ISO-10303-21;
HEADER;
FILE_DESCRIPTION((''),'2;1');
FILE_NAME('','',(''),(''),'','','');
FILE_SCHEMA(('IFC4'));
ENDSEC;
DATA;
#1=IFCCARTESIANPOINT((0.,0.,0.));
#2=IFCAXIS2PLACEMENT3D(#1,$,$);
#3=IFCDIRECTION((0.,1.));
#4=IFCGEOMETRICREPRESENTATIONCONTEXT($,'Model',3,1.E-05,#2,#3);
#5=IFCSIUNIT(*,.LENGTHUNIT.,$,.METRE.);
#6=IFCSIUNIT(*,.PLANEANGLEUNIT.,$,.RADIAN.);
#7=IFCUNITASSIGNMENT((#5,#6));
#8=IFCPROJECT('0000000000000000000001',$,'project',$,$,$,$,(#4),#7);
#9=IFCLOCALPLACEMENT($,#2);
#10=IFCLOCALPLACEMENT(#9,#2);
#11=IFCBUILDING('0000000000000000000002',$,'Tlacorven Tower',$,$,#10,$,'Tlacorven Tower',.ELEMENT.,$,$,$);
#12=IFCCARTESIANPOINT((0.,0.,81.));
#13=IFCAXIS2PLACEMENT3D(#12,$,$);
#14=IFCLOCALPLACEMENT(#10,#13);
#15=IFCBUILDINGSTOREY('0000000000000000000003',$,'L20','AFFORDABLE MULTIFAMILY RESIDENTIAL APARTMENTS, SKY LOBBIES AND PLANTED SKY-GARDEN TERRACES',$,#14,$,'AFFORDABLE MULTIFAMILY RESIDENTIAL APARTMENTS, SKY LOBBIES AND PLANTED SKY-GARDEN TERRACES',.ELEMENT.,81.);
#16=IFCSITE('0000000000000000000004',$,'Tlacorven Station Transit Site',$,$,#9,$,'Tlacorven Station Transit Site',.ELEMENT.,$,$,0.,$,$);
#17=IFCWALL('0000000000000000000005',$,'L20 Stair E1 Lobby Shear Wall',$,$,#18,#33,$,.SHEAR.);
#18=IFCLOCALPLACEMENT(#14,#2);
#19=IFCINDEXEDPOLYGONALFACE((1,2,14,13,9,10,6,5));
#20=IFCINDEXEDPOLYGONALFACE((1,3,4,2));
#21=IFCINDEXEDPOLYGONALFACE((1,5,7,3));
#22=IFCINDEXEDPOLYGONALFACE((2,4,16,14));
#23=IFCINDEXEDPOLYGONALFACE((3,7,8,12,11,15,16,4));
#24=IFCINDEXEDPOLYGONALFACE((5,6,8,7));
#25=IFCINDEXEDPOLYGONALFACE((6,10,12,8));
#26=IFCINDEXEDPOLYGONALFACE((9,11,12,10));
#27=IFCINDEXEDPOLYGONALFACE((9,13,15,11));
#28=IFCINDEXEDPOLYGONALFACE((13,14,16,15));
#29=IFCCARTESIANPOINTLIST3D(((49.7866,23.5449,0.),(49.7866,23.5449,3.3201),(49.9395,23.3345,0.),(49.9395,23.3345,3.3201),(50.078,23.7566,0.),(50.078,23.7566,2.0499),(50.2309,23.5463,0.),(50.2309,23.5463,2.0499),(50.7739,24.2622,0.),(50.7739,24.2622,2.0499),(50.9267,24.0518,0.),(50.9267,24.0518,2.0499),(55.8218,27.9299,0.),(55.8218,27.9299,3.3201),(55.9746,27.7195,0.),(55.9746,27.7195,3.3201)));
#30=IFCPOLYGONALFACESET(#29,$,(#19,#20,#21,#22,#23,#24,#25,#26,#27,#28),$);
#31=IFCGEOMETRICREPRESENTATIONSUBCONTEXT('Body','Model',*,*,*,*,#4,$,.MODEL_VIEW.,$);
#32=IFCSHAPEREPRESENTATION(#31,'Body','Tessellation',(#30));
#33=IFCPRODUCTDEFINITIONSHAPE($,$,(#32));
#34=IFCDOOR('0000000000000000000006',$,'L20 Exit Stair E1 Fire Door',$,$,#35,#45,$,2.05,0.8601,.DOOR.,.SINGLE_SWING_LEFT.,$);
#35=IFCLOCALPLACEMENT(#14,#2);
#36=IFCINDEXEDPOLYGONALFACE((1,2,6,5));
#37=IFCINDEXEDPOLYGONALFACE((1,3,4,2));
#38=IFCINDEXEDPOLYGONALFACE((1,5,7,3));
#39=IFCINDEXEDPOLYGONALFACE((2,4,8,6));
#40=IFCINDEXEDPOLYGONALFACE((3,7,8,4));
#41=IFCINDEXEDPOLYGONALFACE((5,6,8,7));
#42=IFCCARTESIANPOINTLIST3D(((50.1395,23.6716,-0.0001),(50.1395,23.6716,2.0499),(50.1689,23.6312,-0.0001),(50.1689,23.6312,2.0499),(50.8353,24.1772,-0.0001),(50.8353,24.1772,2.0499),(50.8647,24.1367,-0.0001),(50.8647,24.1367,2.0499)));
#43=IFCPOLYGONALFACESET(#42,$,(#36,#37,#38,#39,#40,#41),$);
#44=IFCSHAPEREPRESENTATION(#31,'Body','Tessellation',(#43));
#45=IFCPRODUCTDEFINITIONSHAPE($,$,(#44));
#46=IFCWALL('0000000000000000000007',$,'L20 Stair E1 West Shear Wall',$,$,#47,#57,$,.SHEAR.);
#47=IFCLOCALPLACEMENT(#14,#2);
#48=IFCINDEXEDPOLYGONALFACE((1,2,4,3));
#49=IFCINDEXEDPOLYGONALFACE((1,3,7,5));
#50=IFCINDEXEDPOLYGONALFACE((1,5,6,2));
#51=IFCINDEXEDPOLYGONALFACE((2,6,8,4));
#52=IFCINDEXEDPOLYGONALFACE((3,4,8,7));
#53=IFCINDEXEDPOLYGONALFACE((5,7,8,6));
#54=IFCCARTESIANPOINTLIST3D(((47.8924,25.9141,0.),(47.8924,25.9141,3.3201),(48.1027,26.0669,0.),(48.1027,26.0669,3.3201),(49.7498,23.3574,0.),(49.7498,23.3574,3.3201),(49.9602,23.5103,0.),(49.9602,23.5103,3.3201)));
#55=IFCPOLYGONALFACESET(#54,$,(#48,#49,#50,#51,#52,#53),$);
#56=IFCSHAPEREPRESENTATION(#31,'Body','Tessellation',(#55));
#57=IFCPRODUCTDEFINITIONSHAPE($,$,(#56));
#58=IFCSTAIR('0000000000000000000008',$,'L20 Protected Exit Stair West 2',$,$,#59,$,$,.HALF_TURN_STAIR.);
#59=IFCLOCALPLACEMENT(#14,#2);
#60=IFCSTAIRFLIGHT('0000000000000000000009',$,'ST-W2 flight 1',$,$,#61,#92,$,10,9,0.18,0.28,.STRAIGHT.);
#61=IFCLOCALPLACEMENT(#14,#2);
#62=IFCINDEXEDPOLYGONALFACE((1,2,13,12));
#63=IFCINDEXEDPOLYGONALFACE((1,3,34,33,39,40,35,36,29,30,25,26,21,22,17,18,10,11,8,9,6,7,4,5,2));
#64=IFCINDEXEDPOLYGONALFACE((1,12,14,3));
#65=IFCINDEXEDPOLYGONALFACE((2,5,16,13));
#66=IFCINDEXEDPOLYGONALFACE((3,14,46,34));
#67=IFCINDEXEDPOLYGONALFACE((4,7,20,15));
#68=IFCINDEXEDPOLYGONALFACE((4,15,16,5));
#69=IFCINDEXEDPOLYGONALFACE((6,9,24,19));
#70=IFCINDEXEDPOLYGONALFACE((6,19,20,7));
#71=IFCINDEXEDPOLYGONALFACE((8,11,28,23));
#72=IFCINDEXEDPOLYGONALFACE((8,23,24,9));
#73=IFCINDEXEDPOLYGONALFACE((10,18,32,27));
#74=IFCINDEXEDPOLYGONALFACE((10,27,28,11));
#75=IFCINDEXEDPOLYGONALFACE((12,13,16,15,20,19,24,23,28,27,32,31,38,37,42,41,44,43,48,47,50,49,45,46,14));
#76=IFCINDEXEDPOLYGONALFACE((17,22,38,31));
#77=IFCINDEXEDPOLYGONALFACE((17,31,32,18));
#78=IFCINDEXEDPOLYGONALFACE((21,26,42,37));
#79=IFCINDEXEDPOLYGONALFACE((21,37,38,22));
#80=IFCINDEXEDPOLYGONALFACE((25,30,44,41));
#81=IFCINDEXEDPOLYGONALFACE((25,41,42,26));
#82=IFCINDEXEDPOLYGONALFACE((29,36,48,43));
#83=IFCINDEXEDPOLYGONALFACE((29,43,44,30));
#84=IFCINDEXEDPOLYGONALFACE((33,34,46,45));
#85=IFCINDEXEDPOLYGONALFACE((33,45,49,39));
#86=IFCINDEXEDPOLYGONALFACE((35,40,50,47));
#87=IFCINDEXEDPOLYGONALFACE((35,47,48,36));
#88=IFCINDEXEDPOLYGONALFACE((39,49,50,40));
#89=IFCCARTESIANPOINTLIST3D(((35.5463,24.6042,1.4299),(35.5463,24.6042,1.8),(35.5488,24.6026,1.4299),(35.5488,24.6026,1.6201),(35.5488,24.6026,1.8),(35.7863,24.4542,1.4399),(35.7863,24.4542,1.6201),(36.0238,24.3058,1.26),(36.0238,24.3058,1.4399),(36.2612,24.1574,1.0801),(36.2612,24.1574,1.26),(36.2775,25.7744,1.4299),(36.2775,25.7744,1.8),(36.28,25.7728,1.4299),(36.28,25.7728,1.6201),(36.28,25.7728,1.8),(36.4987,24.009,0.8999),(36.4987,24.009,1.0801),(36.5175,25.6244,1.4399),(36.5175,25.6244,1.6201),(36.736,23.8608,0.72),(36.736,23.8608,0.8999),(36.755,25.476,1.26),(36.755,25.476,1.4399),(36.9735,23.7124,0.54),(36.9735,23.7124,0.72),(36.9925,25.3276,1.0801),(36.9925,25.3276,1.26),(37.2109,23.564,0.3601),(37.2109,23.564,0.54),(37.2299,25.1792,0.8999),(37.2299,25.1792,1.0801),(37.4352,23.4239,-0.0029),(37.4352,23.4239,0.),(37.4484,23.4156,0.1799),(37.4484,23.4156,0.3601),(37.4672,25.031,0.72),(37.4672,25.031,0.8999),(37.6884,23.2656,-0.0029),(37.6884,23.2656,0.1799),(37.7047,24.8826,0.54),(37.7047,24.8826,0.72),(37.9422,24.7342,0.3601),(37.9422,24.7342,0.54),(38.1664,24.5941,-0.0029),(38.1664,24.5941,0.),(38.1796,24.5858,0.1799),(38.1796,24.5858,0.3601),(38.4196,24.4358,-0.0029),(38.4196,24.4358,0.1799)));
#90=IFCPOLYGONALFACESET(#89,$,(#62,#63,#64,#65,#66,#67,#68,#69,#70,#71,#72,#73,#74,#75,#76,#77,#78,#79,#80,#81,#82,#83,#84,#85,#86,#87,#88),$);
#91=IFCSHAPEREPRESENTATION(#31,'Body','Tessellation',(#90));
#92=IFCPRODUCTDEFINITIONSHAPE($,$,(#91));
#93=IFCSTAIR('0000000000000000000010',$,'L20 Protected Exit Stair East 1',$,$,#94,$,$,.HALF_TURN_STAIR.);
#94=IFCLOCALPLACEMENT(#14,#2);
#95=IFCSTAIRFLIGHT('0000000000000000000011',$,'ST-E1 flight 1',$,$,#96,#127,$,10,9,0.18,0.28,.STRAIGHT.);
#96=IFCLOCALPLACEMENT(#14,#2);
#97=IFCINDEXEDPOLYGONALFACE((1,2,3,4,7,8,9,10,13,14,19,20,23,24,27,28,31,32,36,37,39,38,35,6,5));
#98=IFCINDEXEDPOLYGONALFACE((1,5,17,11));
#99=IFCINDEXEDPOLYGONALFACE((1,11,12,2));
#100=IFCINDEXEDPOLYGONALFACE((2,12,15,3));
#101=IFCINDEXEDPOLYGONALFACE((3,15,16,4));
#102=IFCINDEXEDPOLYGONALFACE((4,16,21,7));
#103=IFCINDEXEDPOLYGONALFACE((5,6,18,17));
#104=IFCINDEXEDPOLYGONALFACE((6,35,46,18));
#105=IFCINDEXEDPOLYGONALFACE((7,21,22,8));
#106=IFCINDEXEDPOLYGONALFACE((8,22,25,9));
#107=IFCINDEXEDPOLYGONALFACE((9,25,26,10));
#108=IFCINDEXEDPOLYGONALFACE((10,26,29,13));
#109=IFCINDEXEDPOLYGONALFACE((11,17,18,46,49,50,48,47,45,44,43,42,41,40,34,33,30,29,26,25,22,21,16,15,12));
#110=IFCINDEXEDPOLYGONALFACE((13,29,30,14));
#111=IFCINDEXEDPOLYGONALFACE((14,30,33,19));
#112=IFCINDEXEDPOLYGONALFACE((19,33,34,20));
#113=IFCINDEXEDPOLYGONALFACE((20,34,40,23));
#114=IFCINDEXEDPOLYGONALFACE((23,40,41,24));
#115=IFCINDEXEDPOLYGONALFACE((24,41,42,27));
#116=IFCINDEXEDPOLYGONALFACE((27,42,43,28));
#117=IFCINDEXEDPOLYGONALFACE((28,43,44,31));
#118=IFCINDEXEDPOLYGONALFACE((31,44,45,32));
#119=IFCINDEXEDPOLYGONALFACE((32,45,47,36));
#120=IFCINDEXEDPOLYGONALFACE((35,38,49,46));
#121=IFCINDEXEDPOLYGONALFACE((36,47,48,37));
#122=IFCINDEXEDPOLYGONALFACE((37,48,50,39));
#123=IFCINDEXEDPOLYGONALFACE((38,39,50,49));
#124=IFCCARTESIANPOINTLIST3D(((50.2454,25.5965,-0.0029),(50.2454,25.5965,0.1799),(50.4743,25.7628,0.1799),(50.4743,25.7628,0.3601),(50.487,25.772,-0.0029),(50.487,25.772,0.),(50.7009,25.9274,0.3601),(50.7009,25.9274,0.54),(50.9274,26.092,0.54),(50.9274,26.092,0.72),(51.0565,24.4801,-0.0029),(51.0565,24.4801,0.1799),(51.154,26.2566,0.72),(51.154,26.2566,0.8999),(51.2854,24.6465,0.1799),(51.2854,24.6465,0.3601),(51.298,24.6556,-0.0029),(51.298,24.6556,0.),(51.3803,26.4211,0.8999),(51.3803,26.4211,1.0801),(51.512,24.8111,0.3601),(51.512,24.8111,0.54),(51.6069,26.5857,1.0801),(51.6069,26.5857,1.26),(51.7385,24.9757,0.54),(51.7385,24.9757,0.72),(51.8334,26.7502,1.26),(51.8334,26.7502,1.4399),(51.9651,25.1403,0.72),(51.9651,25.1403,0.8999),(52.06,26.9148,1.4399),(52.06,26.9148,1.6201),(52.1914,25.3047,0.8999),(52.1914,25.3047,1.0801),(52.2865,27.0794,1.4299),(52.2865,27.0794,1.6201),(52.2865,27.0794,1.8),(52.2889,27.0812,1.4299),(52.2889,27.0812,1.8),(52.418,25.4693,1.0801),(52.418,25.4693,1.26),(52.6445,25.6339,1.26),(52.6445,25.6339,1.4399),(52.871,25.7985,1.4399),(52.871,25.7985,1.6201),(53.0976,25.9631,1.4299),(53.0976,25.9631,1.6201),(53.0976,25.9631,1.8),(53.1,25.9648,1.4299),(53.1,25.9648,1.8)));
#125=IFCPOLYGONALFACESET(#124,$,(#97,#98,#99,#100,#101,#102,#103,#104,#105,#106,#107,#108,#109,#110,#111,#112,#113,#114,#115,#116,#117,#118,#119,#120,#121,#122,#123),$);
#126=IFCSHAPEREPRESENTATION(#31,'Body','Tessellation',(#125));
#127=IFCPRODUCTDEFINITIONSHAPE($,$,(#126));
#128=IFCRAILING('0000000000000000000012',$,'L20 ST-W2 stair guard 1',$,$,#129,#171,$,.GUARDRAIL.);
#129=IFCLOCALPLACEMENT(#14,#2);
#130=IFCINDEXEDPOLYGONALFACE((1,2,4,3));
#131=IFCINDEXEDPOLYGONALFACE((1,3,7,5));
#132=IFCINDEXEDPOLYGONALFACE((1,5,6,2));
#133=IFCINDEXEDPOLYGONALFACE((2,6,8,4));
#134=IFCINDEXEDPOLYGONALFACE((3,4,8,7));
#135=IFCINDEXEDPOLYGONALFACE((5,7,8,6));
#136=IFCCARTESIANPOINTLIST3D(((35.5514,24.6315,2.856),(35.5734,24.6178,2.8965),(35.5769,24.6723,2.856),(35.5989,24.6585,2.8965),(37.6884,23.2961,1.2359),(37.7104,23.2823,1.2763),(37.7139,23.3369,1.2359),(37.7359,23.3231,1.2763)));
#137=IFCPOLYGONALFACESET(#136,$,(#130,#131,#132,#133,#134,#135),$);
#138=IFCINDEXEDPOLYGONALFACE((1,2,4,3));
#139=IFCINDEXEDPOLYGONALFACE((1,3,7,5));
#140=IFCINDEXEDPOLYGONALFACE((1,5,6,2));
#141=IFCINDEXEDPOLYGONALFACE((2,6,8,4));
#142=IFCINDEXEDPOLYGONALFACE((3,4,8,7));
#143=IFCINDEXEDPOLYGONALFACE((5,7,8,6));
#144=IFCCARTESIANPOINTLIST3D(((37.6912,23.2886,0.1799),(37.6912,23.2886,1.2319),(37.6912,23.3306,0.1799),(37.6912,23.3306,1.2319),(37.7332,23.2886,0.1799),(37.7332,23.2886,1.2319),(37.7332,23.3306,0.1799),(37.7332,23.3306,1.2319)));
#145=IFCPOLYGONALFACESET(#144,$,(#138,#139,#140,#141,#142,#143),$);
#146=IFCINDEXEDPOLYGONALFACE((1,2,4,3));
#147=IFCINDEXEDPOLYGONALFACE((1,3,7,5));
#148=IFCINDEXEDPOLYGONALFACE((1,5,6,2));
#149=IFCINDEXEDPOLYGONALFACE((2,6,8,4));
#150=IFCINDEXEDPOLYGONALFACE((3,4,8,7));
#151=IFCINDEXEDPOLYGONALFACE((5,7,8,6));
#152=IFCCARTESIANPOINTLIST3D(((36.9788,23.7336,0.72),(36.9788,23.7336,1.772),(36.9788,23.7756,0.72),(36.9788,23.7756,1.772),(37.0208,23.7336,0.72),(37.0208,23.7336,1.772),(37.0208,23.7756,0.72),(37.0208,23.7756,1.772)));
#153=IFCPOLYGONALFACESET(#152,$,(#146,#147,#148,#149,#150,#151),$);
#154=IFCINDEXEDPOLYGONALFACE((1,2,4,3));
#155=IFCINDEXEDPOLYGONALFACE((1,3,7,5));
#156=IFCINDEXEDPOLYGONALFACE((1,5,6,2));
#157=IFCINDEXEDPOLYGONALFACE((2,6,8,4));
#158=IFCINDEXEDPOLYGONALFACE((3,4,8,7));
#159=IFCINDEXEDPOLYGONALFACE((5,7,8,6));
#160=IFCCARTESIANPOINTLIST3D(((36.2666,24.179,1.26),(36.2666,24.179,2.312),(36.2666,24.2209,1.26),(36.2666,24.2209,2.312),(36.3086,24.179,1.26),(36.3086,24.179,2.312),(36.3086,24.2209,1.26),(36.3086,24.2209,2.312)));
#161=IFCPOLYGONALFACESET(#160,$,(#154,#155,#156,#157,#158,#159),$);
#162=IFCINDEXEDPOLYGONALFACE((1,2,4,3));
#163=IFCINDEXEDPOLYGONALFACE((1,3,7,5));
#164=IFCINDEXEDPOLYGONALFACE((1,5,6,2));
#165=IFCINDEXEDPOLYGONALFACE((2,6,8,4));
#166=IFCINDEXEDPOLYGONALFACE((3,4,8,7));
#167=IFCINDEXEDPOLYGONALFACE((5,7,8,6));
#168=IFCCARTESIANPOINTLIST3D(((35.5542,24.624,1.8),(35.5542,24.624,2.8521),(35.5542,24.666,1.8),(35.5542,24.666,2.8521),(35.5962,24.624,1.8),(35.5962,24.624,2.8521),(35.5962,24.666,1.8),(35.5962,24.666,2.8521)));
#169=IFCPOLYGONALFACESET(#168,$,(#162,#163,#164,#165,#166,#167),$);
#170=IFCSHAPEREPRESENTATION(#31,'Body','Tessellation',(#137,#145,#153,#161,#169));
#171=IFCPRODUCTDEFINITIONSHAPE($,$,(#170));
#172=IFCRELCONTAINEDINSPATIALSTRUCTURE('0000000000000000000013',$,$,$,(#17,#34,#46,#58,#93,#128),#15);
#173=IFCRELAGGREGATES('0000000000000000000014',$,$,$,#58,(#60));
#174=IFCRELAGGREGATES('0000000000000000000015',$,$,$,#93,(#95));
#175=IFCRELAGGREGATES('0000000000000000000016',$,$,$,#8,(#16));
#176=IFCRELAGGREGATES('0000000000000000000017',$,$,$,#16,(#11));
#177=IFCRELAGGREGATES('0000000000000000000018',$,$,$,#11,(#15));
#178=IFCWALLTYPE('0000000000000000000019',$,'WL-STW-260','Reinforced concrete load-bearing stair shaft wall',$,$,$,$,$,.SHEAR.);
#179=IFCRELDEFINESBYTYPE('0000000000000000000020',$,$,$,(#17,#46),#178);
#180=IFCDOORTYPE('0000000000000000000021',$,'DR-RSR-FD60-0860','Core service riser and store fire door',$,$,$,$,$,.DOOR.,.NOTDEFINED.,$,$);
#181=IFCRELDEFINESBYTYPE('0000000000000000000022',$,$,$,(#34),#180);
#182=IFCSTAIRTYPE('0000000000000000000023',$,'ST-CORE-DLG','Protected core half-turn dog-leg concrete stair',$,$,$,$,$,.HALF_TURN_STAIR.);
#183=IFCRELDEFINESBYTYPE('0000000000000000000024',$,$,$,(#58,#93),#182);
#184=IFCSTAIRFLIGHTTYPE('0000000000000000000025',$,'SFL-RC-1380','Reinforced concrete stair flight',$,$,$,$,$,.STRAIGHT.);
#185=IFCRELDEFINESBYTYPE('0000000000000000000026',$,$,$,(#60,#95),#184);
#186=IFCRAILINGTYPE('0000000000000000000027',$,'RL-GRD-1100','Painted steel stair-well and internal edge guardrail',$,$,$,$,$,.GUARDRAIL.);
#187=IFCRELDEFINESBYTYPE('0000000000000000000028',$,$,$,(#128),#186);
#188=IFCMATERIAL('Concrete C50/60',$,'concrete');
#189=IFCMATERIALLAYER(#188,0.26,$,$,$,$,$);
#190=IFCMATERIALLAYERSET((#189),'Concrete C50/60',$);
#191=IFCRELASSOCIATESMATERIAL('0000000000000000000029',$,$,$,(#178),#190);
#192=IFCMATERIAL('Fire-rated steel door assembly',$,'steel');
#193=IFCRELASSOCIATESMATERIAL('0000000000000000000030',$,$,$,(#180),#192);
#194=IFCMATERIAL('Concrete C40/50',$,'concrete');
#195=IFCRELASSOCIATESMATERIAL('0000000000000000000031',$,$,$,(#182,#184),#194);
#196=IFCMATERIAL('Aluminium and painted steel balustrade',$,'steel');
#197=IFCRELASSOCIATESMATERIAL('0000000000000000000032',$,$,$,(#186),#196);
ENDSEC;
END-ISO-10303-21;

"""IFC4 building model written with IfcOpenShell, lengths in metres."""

from ifc_helpers import new_model, si_unit, direction, frame, frame_2d, origin, origin_2d, place, context, subcontext, project, spatial, polyline, rectangle, outline, extrude, source, transform, mapped, material, layer, layer_set, type_object, element, fill, aggregate, save


model = new_model("IFC4")

# Units and contexts
model_context = context("Model", 3, precision=1e-05, world=origin(), true_north=direction((0.0, 1.0)))
body_context = subcontext(model_context, "Body", "Model", "MODEL_VIEW")
ifc_project = project(units=[si_unit("LENGTHUNIT", "METRE"), si_unit("PLANEANGLEUNIT", "RADIAN")], contexts=[model_context])

# Site, building, storey
site_placement = place(None, origin())
site = spatial("IfcSite", under=ifc_project, at=site_placement, Name="Tlacorven Station Transit Site", LongName="Tlacorven Station Transit Site", CompositionType="ELEMENT", RefElevation=0.0)
building_placement = place(site_placement, origin())
building = spatial("IfcBuilding", under=site, at=building_placement, Name="Tlacorven Tower", LongName="Tlacorven Tower", CompositionType="ELEMENT")
storey_placement = place(building_placement, frame((0.0, 0.0, 81.0)))
storey = spatial("IfcBuildingStorey", under=building, at=storey_placement, Name="L20", Description="AFFORDABLE MULTIFAMILY RESIDENTIAL APARTMENTS, SKY LOBBIES AND PLANTED SKY-GARDEN TERRACES", LongName="AFFORDABLE MULTIFAMILY RESIDENTIAL APARTMENTS, SKY LOBBIES AND PLANTED SKY-GARDEN TERRACES", CompositionType="ELEMENT", Elevation=81.0)

# Shared definitions
ifc_material_1 = material(Name="Concrete C40/50", Category="concrete")
ifc_material_2 = material(Name="Concrete C50/60", Category="concrete")
ifc_layer_1 = layer(ifc_material_2, 0.26)
ifc_layer_set_1 = layer_set([ifc_layer_1], Name="Concrete C50/60")
wall_type_1 = type_object("IfcWallType", Name="WL-STW-260", Description="Reinforced concrete load-bearing stair shaft wall", PredefinedType="SHEAR", material=ifc_layer_set_1)

# Wall, opening, door
wall_1_placement = place(storey_placement, frame((49.863, 23.4397, 0.0), z_axis=(0.0, 0.0, 1.0), x_axis=(0.809003, 0.587804, 0.0)))
wall_1 = element("IfcWall", 1, at=wall_1_placement, inside=storey, type_object=wall_type_1, Name="L20 Stair E1 Lobby Shear Wall", PredefinedType="SHEAR", context=body_context, shape_type="SweptSolid", body=[
    extrude(rectangle(XDim=7.46, YDim=0.26, at=frame_2d((3.73, 0.0))), origin(), (0.0, 0.0, 1.0), 3.3201),
])
opening_placement = place(wall_1_placement, frame((0.3601, 0.0, 0.0)))
opening = element("IfcOpeningElement", 2, at=opening_placement, cuts=wall_1, PredefinedType="OPENING", context=body_context, shape_type="SweptSolid", body=[
    extrude(rectangle(XDim=0.8601, YDim=2.05, at=frame_2d((0.4302, 1.0249))), frame((0.0, 0.1401, 0.0), z_axis=(0.0, -1.0, 0.0), x_axis=(1.0, 0.0, 0.0)), (0.0, 0.0, 1.0), 0.28),
])
ifc_material_3 = material(Name="Fire-rated steel door assembly", Category="steel")
door_type = type_object("IfcDoorType", Name="DR-RSR-FD60-0860", Description="Core service riser and store fire door", OperationType="NOTDEFINED", PredefinedType="DOOR", material=ifc_material_3)
shared_shape_1 = source(origin(), body_context, "Body", "SweptSolid", [
    extrude(rectangle(XDim=0.8601, YDim=2.05, at=frame_2d((0.4302, 1.0249))), frame((0.0, 0.0249, 0.0), z_axis=(0.0, -1.0, 0.0), x_axis=(1.0, 0.0, 0.0)), (0.0, 0.0, 1.0), 0.05),
])
door_placement = place(opening_placement, frame((0.8601, 0.0, 0.0), z_axis=(0.0, 0.0, 1.0), x_axis=(-1.0, 0.0, 0.0)))
door = element("IfcDoor", 3, at=door_placement, inside=storey, type_object=door_type, Name="L20 Exit Stair E1 Fire Door", OperationType="SINGLE_SWING_LEFT", OverallHeight=2.05, OverallWidth=0.8601, PredefinedType="DOOR", context=body_context, shape_type="MappedRepresentation", body=[
    mapped(shared_shape_1, transform((0.0, 0.0, 0.0), scale=1.0)),
])
fill(opening, door)

# Wall
wall_2_placement = place(storey_placement, frame((49.855, 23.4338, 0.0), z_axis=(0.0, 0.0, 1.0), x_axis=(-0.587767, 0.80903, 0.0)))
element("IfcWall", 4, at=wall_2_placement, inside=storey, type_object=wall_type_1, Name="L20 Stair E1 West Shear Wall", PredefinedType="SHEAR", context=body_context, shape_type="SweptSolid", body=[
    extrude(rectangle(XDim=3.1602, YDim=0.26, at=frame_2d((1.5801, 0.0))), origin(), (0.0, 0.0, 1.0), 3.3201),
])

# Stairs, stair flights
stair_type = type_object("IfcStairType", Name="ST-CORE-DLG", Description="Protected core half-turn dog-leg concrete stair", PredefinedType="HALF_TURN_STAIR", material=ifc_material_1)
stair_1_placement = place(storey_placement, origin())
stair_1 = element("IfcStair", 5, at=stair_1_placement, inside=storey, type_object=stair_type, Name="L20 Protected Exit Stair West 2", PredefinedType="HALF_TURN_STAIR")
stair_flight_type = type_object("IfcStairFlightType", Name="SFL-RC-1380", Description="Reinforced concrete stair flight", PredefinedType="STRAIGHT", material=ifc_material_1)
shared_shape_2 = source(origin(), body_context, "Body", "SweptSolid", [
    extrude(outline(polyline([(-0.0029, -0.0029), (-0.0029, 0.1799), (0.28, 0.1799), (0.28, 0.3601), (0.5601, 0.3601), (0.5601, 0.54), (0.8401, 0.54), (0.8401, 0.72), (1.1201, 0.72), (1.1201, 0.8999), (1.3999, 0.8999), (1.3999, 1.0801), (1.6799, 1.0801), (1.6799, 1.26), (1.96, 1.26), (1.96, 1.4399), (2.24, 1.4399), (2.24, 1.6201), (2.52, 1.6201), (2.52, 1.8), (2.5229, 1.8), (2.5229, 1.4299), (2.52, 1.4299), (0.2957, 0.0), (0.2957, -0.0029), (-0.0029, -0.0029)])), frame((0.0, 0.6899, 0.0), z_axis=(0.0, -1.0, 0.0), x_axis=(1.0, 0.0, 0.0)), (0.0, 0.0, 1.0), 1.3799),
])
stair_flight_1_placement = place(storey_placement, frame((38.0515, 23.8523, 0.0), z_axis=(0.0, 0.0, 1.0), x_axis=(-0.848048, 0.529919, 0.0)))
stair_flight_1 = element("IfcStairFlight", 6, at=stair_flight_1_placement, type_object=stair_flight_type, Name="ST-W2 flight 1", NumberOfRisers=10, NumberOfTreads=9, PredefinedType="STRAIGHT", RiserHeight=0.18, TreadLength=0.28, context=body_context, shape_type="MappedRepresentation", body=[
    mapped(shared_shape_2, transform((0.0, 0.0, 0.0), scale=1.0)),
])
aggregate(stair_1, [stair_flight_1])
stair_2_placement = place(storey_placement, origin())
stair_2 = element("IfcStair", 7, at=stair_2_placement, inside=storey, type_object=stair_type, Name="L20 Protected Exit Stair East 1", PredefinedType="HALF_TURN_STAIR")
stair_flight_2_placement = place(storey_placement, frame((50.6533, 25.04, 0.0), z_axis=(0.0, 0.0, 1.0), x_axis=(0.809017, 0.587785, 0.0)))
stair_flight_2 = element("IfcStairFlight", 8, at=stair_flight_2_placement, type_object=stair_flight_type, Name="ST-E1 flight 1", NumberOfRisers=10, NumberOfTreads=9, PredefinedType="STRAIGHT", RiserHeight=0.18, TreadLength=0.28, context=body_context, shape_type="MappedRepresentation", body=[
    mapped(shared_shape_2, transform((0.0, 0.0, 0.0), scale=1.0)),
])
aggregate(stair_2, [stair_flight_2])

# Railing
ifc_material_4 = material(Name="Aluminium and painted steel balustrade", Category="steel")
railing_type_1 = type_object("IfcRailingType", Name="RL-GRD-1100", Description="Painted steel stair-well and internal edge guardrail", PredefinedType="GUARDRAIL", material=ifc_material_4)
shared_shape_3 = source(origin(), body_context, "Body", "SweptSolid", [
    extrude(rectangle(XDim=0.0481, YDim=0.0481, at=origin_2d()), frame((0.0, 0.0, 1.0762), z_axis=(-0.71332, 0.445774, 0.540796), x_axis=(-0.529955, -0.848026, 0.0)), (0.0, 0.0, 1.0), 2.9958),
    extrude(rectangle(XDim=0.042, YDim=0.042, at=origin_2d()), origin(), (0.0, 0.0, 1.0), 1.052),
    extrude(rectangle(XDim=0.042, YDim=0.042, at=origin_2d()), frame((-0.7124, 0.4451, 0.54)), (0.0, 0.0, 1.0), 1.052),
    extrude(rectangle(XDim=0.042, YDim=0.042, at=origin_2d()), frame((-1.4246, 0.8904, 1.0801)), (0.0, 0.0, 1.0), 1.052),
    extrude(rectangle(XDim=0.042, YDim=0.042, at=origin_2d()), frame((-2.137, 1.3354, 1.6201)), (0.0, 0.0, 1.0), 1.052),
])
railing_1_placement = place(storey_placement, frame((37.7122, 23.3096, 0.1799)))
element("IfcRailing", 9, at=railing_1_placement, inside=storey, type_object=railing_type_1, Name="L20 ST-W2 stair guard 1", PredefinedType="GUARDRAIL", context=body_context, shape_type="MappedRepresentation", body=[
    mapped(shared_shape_3, transform((0.0, 0.0, 0.0), scale=1.0)),
])

save(model, "model.ifc")
